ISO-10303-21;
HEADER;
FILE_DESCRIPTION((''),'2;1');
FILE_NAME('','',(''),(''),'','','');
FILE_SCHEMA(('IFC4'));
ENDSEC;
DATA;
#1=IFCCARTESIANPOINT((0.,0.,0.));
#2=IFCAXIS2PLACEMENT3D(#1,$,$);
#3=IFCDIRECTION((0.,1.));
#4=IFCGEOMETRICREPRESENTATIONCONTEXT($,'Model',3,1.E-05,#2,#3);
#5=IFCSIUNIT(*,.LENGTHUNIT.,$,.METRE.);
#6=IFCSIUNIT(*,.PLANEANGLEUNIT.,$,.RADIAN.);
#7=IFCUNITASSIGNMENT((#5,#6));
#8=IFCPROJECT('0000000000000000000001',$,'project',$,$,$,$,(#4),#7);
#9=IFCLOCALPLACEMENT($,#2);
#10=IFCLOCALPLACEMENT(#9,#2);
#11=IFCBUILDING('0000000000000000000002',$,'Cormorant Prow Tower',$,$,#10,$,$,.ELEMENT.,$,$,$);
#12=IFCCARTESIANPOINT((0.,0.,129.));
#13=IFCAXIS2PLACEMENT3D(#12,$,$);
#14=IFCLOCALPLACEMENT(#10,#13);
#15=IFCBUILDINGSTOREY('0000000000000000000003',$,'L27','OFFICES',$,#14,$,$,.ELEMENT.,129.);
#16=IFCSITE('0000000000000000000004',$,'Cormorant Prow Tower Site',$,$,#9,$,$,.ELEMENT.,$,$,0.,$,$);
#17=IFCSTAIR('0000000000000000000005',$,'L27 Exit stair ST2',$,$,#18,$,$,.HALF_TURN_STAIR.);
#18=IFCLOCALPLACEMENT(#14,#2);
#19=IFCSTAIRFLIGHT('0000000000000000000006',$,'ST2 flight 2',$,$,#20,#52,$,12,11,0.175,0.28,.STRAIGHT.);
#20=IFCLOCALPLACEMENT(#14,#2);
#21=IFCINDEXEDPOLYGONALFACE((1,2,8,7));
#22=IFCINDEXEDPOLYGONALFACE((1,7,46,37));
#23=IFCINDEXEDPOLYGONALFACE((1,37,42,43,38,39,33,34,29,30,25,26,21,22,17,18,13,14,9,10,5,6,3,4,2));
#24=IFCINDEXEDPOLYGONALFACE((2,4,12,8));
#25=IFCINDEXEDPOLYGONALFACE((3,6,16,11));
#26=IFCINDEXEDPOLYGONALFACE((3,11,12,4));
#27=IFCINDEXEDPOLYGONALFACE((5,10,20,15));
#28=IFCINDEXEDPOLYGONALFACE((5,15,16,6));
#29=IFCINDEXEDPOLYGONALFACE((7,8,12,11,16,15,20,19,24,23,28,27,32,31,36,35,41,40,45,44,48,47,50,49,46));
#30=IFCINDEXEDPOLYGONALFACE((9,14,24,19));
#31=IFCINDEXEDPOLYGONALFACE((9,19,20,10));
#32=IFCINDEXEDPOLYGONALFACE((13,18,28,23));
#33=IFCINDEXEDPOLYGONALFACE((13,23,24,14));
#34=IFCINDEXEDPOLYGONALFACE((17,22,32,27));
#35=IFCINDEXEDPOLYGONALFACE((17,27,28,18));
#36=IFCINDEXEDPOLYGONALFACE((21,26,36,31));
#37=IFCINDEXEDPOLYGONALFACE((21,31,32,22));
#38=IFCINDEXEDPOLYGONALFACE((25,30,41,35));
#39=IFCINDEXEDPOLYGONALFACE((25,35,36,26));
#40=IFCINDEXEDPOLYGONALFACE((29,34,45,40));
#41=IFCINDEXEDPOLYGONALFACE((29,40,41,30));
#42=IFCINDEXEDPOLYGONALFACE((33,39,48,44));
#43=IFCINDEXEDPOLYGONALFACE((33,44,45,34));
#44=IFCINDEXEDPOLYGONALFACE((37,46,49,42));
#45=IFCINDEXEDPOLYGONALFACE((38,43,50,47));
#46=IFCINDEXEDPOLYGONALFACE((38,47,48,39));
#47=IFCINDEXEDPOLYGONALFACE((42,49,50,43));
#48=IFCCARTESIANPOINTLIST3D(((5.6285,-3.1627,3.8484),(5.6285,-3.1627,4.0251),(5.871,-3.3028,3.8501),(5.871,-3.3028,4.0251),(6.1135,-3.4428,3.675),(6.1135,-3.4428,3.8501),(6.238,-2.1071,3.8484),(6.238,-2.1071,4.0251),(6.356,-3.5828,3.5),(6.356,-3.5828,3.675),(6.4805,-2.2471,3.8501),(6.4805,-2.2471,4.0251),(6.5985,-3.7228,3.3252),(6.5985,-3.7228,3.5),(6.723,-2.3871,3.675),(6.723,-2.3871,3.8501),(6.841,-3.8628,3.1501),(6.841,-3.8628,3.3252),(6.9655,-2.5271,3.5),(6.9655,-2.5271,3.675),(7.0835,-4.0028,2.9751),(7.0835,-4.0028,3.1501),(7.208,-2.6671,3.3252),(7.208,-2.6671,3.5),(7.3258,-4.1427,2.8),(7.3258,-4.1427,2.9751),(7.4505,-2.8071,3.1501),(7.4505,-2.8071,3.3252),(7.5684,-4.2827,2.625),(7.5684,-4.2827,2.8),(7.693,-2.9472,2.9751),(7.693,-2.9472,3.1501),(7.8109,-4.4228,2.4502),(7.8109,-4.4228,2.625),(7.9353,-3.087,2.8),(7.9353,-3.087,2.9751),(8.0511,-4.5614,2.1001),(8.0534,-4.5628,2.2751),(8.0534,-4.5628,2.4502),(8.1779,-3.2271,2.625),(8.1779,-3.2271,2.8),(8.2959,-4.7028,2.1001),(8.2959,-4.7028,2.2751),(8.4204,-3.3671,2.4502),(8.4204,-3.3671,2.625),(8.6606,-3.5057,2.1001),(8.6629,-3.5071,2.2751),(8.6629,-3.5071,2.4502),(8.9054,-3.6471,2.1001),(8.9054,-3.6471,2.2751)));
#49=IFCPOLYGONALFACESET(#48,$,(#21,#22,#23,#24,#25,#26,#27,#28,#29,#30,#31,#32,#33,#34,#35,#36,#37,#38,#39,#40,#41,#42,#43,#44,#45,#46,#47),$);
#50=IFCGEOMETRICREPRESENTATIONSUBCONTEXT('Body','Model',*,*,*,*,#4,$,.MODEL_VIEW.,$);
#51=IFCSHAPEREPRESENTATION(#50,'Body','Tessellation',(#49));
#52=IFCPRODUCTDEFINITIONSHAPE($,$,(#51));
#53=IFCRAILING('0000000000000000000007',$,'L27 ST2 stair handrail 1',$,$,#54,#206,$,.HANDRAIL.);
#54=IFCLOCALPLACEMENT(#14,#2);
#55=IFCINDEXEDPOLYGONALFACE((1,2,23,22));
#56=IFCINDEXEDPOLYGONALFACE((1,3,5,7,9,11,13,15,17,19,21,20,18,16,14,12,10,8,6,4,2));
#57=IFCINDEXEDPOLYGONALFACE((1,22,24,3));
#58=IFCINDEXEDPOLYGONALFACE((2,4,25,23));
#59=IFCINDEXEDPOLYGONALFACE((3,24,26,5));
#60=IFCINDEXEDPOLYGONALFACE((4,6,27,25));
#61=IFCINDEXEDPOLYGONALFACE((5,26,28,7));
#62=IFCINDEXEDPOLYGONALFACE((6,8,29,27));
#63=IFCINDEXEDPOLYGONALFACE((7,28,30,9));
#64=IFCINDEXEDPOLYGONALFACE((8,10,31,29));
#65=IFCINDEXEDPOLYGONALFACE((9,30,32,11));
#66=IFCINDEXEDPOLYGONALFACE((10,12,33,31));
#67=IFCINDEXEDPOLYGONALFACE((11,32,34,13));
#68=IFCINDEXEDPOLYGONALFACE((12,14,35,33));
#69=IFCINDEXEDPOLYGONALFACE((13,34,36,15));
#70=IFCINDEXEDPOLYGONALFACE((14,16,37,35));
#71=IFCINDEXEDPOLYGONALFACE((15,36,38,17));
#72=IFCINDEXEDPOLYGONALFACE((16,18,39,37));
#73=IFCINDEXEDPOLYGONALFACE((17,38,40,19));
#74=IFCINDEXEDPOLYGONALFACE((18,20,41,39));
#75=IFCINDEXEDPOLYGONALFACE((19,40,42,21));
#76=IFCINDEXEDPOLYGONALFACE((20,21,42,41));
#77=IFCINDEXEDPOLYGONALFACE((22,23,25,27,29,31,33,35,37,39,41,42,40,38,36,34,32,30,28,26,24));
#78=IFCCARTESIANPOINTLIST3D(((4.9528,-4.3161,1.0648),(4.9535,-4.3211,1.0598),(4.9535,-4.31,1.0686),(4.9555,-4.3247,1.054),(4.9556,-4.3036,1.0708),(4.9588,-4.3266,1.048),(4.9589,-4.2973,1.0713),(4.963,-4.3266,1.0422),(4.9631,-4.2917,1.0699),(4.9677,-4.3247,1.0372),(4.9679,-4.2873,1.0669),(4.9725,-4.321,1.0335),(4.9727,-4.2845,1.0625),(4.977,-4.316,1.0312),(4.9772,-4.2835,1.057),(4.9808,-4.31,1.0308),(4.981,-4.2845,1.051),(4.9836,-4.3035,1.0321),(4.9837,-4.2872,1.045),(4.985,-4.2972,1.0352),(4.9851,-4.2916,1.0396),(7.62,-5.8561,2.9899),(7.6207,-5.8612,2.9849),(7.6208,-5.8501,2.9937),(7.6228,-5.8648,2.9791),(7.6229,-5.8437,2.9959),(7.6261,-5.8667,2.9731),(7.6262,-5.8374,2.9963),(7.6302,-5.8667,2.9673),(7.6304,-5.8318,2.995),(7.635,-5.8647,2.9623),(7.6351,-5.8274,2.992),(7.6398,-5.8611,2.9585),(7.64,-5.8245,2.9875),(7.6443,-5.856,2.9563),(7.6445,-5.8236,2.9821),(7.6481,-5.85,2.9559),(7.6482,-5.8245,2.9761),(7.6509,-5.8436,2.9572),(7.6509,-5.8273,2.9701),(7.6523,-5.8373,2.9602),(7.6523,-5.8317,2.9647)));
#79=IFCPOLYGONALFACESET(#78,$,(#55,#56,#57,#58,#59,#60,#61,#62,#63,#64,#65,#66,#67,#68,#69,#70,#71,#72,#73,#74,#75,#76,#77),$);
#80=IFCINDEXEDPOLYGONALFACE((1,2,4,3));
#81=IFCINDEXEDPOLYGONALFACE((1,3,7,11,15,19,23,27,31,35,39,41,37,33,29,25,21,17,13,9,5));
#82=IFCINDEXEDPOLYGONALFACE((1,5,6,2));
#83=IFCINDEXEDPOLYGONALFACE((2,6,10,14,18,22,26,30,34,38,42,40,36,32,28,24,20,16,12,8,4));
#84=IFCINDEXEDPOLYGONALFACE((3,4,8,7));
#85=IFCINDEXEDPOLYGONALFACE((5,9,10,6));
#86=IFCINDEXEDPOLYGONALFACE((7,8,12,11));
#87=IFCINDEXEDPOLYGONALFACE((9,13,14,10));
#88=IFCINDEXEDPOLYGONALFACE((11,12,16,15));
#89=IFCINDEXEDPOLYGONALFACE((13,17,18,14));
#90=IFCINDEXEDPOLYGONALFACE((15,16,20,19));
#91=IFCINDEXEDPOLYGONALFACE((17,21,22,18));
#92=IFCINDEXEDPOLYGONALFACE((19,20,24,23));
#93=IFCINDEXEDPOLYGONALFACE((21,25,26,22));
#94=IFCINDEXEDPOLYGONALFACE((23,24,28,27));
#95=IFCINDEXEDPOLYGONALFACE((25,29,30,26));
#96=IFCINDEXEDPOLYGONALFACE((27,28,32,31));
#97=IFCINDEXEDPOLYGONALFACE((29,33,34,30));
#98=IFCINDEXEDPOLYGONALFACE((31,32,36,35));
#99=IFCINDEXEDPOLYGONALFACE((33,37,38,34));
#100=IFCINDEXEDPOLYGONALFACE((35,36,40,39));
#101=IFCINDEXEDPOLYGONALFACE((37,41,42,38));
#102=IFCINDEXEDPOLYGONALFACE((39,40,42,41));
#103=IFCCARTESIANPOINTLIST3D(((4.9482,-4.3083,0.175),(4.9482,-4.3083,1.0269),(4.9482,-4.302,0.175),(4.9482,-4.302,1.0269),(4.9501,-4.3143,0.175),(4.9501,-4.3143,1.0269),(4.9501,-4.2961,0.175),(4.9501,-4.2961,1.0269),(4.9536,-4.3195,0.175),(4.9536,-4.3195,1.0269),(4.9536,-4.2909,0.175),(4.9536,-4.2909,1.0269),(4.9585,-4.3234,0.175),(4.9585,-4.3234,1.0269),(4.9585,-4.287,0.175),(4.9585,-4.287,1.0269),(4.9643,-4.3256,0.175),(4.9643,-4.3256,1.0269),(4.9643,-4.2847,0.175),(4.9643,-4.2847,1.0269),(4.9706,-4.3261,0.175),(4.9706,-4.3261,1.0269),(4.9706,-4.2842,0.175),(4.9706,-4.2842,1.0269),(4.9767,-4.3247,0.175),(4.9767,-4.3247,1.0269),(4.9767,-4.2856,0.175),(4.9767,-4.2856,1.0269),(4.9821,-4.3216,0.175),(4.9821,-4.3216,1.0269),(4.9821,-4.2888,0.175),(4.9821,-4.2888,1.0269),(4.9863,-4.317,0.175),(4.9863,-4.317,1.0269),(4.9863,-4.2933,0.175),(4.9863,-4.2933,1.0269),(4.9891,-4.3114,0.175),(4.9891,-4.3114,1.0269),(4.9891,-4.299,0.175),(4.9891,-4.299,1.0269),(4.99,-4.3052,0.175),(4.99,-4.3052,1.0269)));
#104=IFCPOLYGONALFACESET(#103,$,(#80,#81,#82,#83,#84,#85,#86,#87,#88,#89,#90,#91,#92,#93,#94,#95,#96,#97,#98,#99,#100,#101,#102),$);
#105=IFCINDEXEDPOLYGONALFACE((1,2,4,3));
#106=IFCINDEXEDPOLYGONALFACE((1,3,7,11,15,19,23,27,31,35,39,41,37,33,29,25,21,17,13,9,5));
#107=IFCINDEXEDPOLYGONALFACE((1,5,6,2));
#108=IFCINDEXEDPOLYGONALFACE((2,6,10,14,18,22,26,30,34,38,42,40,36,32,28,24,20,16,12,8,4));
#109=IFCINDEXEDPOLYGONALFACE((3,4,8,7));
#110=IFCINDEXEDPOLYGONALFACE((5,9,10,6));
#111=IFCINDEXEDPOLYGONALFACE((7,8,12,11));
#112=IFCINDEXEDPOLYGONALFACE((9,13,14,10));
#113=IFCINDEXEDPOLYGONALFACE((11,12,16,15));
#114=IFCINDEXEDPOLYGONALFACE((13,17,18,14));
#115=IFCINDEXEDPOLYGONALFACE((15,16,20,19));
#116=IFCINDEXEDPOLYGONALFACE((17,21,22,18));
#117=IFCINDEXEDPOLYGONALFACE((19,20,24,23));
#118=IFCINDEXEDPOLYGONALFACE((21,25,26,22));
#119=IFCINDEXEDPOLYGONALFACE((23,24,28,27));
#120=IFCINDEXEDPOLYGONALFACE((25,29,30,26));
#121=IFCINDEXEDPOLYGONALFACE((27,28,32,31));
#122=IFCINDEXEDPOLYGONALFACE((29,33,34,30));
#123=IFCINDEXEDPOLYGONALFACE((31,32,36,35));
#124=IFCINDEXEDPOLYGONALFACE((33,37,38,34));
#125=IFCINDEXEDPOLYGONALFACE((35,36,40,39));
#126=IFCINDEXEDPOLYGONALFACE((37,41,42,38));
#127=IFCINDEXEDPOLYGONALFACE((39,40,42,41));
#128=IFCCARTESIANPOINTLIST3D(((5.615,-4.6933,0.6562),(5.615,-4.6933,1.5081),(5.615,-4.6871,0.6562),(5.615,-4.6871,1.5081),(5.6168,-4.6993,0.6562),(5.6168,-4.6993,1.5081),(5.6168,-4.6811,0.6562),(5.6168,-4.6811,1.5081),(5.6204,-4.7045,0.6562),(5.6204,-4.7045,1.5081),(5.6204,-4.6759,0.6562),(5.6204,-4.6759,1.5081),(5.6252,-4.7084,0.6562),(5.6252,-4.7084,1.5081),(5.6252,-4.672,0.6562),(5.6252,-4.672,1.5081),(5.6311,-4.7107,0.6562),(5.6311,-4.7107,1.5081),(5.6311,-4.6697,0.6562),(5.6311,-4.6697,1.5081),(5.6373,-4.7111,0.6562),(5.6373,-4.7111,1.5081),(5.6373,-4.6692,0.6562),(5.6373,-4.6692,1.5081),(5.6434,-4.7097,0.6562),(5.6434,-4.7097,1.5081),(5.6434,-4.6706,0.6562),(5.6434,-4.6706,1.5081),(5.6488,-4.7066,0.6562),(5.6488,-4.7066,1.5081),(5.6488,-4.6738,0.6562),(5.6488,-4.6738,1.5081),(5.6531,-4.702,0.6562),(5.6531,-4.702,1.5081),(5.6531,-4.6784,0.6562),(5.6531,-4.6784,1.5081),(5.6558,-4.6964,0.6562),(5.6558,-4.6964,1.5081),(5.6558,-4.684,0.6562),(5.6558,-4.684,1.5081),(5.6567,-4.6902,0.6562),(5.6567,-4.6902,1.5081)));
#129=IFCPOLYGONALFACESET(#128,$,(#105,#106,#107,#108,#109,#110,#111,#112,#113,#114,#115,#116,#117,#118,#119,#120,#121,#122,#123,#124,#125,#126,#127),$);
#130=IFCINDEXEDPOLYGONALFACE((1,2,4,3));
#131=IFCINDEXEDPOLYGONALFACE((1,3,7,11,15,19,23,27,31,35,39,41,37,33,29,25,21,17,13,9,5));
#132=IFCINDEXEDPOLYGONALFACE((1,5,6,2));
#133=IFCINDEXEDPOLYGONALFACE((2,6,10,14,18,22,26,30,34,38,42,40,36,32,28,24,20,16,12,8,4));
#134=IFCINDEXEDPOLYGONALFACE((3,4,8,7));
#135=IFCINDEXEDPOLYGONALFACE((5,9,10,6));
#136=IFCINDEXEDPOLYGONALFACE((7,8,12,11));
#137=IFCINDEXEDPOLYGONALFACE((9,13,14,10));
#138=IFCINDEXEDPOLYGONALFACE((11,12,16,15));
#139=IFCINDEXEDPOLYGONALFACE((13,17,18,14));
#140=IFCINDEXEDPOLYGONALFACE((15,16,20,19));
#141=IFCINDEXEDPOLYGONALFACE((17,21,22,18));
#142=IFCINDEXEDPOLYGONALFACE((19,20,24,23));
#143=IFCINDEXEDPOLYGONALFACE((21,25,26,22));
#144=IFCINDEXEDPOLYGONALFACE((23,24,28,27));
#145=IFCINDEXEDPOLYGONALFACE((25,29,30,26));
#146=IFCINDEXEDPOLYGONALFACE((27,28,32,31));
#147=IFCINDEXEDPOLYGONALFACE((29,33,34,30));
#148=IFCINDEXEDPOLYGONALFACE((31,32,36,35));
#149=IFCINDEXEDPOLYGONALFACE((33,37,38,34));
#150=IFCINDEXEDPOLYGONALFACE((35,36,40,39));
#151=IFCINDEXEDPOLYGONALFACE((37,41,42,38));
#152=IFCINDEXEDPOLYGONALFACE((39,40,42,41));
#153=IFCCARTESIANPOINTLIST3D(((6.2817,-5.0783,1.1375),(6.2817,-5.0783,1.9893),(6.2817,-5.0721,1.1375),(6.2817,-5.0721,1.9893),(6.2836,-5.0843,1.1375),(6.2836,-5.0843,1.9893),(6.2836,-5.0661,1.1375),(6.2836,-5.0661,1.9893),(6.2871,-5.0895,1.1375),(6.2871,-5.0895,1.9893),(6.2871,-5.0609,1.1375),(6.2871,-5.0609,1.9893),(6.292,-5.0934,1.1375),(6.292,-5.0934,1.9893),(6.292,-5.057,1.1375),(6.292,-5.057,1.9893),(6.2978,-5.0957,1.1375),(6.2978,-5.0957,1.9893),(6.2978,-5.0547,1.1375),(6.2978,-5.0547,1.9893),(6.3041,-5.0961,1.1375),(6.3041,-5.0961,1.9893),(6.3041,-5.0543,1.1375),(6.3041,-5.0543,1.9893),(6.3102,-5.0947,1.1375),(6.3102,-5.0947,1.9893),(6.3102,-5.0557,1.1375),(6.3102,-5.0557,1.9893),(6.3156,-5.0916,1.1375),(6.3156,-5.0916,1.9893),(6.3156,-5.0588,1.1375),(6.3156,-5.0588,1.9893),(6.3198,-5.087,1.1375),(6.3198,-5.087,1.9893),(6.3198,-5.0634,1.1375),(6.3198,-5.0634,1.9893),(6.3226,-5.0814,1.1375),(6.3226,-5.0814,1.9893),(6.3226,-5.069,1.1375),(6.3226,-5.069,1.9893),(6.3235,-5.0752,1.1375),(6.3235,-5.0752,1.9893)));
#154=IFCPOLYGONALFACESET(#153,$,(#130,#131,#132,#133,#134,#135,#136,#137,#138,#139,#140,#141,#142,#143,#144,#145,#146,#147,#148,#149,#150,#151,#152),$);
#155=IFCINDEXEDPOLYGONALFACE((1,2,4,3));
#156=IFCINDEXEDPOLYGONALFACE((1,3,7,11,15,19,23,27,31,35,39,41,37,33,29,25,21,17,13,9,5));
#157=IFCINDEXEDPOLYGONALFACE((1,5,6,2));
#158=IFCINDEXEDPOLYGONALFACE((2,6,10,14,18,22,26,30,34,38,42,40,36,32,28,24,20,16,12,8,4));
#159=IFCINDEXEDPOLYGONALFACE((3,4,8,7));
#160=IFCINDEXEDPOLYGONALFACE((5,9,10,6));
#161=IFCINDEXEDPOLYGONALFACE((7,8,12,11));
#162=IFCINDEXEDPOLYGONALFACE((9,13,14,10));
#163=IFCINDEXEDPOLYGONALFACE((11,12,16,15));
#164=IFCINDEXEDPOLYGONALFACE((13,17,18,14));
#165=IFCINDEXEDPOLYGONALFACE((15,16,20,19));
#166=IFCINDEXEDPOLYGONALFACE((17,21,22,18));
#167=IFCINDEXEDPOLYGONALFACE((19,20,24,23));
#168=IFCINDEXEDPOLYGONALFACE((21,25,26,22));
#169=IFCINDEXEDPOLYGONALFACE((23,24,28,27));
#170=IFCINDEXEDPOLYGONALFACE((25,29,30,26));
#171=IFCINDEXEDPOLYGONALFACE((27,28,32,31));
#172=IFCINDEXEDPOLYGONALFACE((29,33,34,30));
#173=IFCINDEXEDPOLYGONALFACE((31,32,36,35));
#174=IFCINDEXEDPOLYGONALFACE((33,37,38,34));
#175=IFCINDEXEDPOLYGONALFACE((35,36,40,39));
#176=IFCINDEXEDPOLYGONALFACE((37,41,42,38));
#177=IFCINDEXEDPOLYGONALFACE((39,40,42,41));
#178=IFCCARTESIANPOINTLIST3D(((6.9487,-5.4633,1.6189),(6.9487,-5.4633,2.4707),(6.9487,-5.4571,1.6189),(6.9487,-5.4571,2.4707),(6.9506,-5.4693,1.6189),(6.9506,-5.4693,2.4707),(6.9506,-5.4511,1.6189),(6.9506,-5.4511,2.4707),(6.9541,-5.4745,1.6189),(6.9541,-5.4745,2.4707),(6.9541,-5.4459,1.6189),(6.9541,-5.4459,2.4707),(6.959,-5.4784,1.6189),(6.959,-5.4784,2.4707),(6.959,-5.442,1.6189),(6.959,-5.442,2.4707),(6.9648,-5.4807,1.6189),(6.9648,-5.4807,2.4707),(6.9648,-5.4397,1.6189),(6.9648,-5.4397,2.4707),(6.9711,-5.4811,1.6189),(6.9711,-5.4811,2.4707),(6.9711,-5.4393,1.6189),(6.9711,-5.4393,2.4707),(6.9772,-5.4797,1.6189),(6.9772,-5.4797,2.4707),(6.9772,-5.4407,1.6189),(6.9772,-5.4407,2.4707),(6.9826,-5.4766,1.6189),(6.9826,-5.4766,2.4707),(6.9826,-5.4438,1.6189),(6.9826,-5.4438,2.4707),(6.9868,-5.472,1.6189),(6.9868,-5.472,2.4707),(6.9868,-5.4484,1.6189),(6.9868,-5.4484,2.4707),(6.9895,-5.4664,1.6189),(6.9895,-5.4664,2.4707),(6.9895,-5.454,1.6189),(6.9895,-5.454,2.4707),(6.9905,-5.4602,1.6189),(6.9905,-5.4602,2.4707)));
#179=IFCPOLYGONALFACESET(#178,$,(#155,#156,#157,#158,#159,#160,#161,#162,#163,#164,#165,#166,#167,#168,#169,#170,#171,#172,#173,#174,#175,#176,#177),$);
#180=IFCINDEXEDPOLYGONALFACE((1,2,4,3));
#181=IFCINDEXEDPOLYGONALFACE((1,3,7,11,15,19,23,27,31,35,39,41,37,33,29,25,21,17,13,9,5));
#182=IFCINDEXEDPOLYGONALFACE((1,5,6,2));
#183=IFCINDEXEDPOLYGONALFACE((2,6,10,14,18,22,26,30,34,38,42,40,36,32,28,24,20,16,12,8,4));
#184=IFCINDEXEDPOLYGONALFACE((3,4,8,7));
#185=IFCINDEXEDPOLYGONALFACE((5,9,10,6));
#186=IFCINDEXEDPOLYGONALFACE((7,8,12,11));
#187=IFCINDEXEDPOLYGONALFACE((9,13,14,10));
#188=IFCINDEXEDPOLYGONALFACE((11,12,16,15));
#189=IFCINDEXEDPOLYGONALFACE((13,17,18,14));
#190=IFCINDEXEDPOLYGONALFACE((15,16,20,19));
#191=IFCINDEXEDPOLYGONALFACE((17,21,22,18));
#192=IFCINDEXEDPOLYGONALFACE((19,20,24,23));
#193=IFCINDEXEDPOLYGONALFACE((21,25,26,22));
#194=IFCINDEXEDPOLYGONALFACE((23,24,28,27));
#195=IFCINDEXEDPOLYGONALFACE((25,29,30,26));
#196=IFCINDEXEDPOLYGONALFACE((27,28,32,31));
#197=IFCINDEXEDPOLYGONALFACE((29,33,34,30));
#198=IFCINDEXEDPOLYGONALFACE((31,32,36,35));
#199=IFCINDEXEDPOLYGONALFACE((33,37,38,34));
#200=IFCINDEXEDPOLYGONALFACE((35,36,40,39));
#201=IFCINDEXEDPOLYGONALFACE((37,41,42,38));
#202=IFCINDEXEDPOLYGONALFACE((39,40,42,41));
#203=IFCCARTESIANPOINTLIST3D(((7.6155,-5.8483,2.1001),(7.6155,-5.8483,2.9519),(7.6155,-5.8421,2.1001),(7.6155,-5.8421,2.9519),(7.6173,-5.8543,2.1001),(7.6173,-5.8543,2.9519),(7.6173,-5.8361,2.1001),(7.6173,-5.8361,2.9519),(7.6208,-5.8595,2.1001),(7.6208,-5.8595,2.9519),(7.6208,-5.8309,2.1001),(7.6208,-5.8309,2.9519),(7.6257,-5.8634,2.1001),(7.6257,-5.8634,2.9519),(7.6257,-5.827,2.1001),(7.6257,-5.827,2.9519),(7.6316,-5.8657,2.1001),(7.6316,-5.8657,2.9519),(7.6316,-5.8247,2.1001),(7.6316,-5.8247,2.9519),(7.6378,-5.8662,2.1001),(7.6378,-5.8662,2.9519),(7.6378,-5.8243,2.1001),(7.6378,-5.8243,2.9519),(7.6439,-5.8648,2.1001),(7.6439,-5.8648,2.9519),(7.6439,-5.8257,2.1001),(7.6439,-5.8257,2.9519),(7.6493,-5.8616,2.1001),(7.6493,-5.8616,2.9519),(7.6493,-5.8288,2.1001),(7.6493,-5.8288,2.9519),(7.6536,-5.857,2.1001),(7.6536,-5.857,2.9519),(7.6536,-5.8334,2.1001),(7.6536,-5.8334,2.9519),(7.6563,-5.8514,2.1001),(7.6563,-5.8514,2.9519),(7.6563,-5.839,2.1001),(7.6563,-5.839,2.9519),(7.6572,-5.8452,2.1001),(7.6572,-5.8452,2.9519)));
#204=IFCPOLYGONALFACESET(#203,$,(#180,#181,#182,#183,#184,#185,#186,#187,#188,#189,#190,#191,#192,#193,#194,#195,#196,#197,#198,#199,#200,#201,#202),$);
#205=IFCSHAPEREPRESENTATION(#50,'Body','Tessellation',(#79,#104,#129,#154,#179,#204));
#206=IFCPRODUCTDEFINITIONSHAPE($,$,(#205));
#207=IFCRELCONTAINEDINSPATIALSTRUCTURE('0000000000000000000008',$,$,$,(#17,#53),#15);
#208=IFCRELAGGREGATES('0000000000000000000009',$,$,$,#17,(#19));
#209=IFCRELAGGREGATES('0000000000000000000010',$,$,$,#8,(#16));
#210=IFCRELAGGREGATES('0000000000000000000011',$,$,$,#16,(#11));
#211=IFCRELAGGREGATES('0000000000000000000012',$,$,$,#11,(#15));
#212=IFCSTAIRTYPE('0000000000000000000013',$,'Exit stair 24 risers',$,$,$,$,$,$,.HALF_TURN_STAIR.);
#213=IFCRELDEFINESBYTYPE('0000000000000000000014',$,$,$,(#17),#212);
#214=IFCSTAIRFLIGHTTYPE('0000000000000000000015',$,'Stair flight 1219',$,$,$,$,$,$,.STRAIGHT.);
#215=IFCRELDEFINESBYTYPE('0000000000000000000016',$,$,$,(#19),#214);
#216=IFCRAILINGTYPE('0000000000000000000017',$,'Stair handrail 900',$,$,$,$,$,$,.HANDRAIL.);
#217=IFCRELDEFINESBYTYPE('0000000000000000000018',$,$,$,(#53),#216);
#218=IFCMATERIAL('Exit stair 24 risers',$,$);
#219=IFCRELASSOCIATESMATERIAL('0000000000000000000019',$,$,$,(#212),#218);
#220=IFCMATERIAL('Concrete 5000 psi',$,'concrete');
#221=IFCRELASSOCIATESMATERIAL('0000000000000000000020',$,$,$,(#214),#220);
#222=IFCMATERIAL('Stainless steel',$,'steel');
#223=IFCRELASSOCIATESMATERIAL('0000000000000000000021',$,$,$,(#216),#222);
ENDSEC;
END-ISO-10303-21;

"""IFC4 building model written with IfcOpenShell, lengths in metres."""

from ifc_helpers import new_model, si_unit, direction, frame, origin, origin_2d, place, context, subcontext, project, spatial, polyline, circle, outline, extrude, material, type_object, element, aggregate, save


model = new_model("IFC4")

# Units and contexts
model_context = context("Model", 3, precision=1e-05, world=origin(), true_north=direction((0.0, 1.0)))
body_context = subcontext(model_context, "Body", "Model", "MODEL_VIEW")
ifc_project = project(units=[si_unit("LENGTHUNIT", "METRE"), si_unit("PLANEANGLEUNIT", "RADIAN")], contexts=[model_context])

# Site, building, storey
site_placement = place(None, origin())
site = spatial("IfcSite", under=ifc_project, at=site_placement, Name="Cormorant Prow Tower Site", CompositionType="ELEMENT", RefElevation=0.0)
building_placement = place(site_placement, origin())
building = spatial("IfcBuilding", under=site, at=building_placement, Name="Cormorant Prow Tower", CompositionType="ELEMENT")
storey_placement = place(building_placement, frame((0.0, 0.0, 129.0)))
storey = spatial("IfcBuildingStorey", under=building, at=storey_placement, Name="L27", Description="OFFICES", CompositionType="ELEMENT", Elevation=129.0)

# Stair, stair flight
ifc_material_1 = material(Name="Exit stair 24 risers")
stair_type = type_object("IfcStairType", Name="Exit stair 24 risers", PredefinedType="HALF_TURN_STAIR", material=ifc_material_1)
stair_placement = place(storey_placement, origin())
stair = element("IfcStair", 1, at=stair_placement, inside=storey, type_object=stair_type, Name="L27 Exit stair ST2", PredefinedType="HALF_TURN_STAIR")
ifc_material_2 = material(Name="Concrete 5000 psi", Category="concrete")
stair_flight_type = type_object("IfcStairFlightType", Name="Stair flight 1219", PredefinedType="STRAIGHT", material=ifc_material_2)
stair_flight_1_placement = place(storey_placement, frame((8.6006, -4.175, 2.1001), z_axis=(0.0, 0.0, 1.0), x_axis=(-0.866025, 0.5, 0.0)))
stair_flight_1 = element("IfcStairFlight", 2, at=stair_flight_1_placement, type_object=stair_flight_type, Name="ST2 flight 2", NumberOfRisers=12, NumberOfTreads=11, PredefinedType="STRAIGHT", RiserHeight=0.175, TreadLength=0.28, context=body_context, shape_type="SweptSolid", body=[
    extrude(outline(polyline([(0.0, 0.0), (0.0, 0.175), (0.28, 0.175), (0.28, 0.3501), (0.5601, 0.3501), (0.5601, 0.5249), (0.8401, 0.5249), (0.8401, 0.7), (1.1201, 0.7), (1.1201, 0.875), (1.3999, 0.875), (1.3999, 1.05), (1.6799, 1.05), (1.6799, 1.2251), (1.96, 1.2251), (1.96, 1.3999), (2.24, 1.3999), (2.24, 1.575), (2.52, 1.575), (2.52, 1.75), (2.8, 1.75), (2.8, 1.925), (3.0801, 1.925), (3.0801, 2.1001), (3.0801, 1.7483), (0.2827, 0.0), (0.0, 0.0)])), frame((0.0, 0.6094, 0.0), z_axis=(0.0, -1.0, 0.0), x_axis=(1.0, 0.0, 0.0)), (0.0, 0.0, 1.0), 1.219),
])
aggregate(stair, [stair_flight_1])

# Railing
ifc_material_3 = material(Name="Stainless steel", Category="steel")
railing_type_1 = type_object("IfcRailingType", Name="Stair handrail 900", PredefinedType="HANDRAIL", material=ifc_material_3)
railing_1_placement = place(storey_placement, frame((4.969, -4.3052, 0.175)))
element("IfcRailing", 3, at=railing_1_placement, inside=storey, type_object=railing_type_1, Name="L27 ST2 stair handrail 1", PredefinedType="HANDRAIL", context=body_context, shape_type="SweptSolid", body=[
    extrude(circle(Radius=0.0239, at=origin_2d()), frame((0.0, 0.0, 0.876), z_axis=(0.734364, -0.424015, 0.530019), x_axis=(0.500027, 0.86601, 0.0)), (0.0, 0.0, 1.0), 3.6321),
    extrude(circle(Radius=0.021, at=origin_2d()), origin(), (0.0, 0.0, 1.0), 0.8518),
    extrude(circle(Radius=0.021, at=origin_2d()), frame((0.6667, -0.385, 0.4812)), (0.0, 0.0, 1.0), 0.8518),
    extrude(circle(Radius=0.021, at=origin_2d()), frame((1.3335, -0.77, 0.9624)), (0.0, 0.0, 1.0), 0.8518),
    extrude(circle(Radius=0.021, at=origin_2d()), frame((2.0005, -1.155, 1.4438)), (0.0, 0.0, 1.0), 0.8518),
    extrude(circle(Radius=0.021, at=origin_2d()), frame((2.6672, -1.54, 1.925)), (0.0, 0.0, 1.0), 0.8518),
])

save(model, "model.ifc")
